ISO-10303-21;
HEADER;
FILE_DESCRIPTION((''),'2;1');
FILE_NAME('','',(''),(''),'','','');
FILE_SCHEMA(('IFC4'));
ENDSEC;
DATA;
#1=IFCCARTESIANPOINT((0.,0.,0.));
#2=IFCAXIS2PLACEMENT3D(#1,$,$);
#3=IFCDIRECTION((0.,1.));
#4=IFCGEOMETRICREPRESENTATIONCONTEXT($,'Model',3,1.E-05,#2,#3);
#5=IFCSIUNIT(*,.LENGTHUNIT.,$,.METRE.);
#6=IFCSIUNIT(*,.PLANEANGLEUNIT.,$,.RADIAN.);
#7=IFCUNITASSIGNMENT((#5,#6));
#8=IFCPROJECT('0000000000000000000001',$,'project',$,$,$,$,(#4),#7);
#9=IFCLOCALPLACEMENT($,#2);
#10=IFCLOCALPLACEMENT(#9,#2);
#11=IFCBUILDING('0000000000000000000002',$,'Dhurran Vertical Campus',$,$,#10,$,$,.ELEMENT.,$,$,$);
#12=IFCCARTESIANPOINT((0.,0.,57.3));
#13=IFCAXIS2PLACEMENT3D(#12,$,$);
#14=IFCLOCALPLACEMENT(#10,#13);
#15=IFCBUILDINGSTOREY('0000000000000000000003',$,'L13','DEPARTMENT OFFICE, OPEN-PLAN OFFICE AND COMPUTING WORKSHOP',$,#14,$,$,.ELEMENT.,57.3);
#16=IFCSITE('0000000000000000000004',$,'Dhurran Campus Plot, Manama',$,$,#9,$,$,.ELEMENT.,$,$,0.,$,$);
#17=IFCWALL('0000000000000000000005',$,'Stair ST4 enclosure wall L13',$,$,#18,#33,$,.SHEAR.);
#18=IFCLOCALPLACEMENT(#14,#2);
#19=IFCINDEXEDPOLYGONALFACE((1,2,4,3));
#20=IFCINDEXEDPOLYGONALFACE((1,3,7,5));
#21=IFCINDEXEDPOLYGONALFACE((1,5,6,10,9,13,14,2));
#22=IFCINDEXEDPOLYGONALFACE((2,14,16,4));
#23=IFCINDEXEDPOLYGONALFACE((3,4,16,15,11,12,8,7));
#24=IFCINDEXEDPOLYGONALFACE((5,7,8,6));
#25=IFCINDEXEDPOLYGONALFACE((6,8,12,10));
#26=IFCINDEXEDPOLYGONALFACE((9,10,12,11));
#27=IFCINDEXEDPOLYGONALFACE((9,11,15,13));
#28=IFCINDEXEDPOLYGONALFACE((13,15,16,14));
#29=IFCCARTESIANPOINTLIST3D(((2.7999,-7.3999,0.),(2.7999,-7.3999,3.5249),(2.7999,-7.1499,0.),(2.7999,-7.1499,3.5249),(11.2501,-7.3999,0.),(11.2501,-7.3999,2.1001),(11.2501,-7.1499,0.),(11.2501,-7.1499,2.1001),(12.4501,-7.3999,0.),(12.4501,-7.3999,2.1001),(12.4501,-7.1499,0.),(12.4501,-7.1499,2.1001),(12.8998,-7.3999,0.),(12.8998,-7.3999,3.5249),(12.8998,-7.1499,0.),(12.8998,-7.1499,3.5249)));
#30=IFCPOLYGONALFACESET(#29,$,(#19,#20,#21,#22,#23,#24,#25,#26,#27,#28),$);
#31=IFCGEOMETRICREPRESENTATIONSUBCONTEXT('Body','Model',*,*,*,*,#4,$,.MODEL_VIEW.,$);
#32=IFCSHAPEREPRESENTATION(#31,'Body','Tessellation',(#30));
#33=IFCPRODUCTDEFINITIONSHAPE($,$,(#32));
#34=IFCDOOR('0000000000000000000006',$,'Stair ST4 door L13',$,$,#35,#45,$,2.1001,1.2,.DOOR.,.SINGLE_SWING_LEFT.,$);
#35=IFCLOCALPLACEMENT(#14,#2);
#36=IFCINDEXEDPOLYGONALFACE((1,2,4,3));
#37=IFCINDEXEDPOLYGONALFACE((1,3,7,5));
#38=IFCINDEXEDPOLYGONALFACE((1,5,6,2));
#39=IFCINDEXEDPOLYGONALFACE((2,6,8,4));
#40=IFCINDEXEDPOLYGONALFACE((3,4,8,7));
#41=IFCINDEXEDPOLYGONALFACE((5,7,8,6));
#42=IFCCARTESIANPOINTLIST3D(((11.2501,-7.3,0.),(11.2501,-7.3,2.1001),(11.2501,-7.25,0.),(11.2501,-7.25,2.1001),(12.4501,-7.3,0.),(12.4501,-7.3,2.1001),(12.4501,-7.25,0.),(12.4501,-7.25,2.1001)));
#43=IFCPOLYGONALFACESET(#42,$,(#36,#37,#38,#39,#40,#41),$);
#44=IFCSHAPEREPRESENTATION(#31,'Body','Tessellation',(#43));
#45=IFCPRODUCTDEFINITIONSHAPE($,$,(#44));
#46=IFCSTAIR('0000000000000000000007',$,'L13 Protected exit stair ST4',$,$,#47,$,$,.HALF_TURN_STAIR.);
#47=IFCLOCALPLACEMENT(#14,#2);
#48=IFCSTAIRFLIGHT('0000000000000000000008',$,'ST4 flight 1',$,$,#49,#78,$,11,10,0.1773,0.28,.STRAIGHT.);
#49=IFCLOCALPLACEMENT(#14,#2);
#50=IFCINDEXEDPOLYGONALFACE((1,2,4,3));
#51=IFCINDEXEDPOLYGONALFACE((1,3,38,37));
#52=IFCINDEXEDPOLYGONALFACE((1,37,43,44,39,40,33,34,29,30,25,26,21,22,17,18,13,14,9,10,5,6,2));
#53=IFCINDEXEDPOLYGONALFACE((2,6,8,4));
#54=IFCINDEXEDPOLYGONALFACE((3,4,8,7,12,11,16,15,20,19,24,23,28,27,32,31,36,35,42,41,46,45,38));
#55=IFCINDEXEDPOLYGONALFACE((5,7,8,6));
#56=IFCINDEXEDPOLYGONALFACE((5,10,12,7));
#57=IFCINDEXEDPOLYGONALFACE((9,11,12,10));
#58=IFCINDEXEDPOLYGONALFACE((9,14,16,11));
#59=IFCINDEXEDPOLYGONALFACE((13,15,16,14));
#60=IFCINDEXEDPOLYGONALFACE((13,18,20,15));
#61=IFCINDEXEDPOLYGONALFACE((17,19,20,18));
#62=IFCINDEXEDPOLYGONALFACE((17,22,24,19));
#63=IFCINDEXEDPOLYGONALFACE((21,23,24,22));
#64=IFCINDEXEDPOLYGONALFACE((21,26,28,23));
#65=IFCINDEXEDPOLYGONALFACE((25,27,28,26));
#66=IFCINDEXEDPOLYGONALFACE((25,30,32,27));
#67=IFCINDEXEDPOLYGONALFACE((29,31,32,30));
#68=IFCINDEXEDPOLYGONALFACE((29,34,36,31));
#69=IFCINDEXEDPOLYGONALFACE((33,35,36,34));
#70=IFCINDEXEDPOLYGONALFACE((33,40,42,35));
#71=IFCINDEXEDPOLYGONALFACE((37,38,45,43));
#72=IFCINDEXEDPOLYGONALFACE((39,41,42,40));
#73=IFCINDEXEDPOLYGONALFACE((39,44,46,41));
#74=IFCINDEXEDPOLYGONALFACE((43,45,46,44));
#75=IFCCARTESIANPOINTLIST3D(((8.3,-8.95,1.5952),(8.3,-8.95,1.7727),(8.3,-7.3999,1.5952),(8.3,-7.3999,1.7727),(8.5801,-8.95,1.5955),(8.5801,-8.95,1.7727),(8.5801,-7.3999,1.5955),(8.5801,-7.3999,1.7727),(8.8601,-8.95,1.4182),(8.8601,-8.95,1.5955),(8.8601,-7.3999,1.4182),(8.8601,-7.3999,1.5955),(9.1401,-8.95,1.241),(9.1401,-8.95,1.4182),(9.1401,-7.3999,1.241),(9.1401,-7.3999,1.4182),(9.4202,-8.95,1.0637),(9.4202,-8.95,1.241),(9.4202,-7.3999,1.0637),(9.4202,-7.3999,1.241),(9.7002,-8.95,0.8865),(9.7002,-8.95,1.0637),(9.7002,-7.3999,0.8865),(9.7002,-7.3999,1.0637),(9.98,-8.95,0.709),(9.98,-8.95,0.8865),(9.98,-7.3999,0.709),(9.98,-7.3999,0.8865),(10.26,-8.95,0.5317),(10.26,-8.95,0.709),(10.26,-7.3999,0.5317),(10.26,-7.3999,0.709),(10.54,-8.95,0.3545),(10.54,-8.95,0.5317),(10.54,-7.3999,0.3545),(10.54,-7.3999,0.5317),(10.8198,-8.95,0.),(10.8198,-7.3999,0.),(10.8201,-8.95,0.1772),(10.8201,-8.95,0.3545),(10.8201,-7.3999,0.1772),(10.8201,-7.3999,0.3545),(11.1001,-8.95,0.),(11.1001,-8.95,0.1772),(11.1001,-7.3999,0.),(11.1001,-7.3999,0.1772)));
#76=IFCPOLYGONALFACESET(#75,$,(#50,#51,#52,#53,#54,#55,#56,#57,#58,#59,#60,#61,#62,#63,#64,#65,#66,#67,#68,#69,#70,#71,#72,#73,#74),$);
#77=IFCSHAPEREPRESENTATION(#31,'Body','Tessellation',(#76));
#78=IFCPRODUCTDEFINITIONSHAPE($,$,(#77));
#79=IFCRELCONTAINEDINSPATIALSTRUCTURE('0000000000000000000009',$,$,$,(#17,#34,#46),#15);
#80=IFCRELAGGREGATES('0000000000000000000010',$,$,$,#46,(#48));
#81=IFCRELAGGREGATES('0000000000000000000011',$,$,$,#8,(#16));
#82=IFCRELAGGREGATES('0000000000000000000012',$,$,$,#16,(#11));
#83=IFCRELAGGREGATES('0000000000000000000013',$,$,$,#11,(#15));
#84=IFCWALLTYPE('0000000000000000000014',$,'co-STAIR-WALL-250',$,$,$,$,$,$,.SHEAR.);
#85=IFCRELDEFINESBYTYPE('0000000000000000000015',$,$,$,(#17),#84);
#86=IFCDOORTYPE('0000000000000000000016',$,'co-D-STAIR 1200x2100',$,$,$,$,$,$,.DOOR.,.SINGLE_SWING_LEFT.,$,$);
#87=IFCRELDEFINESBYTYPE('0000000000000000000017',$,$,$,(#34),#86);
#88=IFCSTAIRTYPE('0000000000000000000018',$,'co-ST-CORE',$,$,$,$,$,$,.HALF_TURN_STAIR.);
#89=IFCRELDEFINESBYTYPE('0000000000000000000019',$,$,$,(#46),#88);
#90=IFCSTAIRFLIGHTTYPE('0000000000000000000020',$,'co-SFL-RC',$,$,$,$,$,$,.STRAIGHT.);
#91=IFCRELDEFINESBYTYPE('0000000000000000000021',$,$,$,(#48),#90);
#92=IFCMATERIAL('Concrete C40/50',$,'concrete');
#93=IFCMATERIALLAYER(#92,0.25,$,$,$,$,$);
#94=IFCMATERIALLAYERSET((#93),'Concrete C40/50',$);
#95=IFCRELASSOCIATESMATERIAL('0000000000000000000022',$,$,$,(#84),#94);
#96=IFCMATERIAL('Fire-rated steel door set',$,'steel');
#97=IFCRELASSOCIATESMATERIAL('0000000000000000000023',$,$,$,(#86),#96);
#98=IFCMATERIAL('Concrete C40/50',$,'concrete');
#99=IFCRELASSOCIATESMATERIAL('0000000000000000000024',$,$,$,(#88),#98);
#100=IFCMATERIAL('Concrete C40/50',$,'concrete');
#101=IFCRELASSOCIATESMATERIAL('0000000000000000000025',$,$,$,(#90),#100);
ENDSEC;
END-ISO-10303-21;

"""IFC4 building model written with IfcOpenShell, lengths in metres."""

from ifc_helpers import new_model, si_unit, direction, frame, frame_2d, origin, place, context, subcontext, project, spatial, polyline, rectangle, outline, extrude, material, layer, layer_set, type_object, element, fill, aggregate, save


model = new_model("IFC4")

# Units and contexts
model_context = context("Model", 3, precision=1e-05, world=origin(), true_north=direction((0.0, 1.0)))
body_context = subcontext(model_context, "Body", "Model", "MODEL_VIEW")
ifc_project = project(units=[si_unit("LENGTHUNIT", "METRE"), si_unit("PLANEANGLEUNIT", "RADIAN")], contexts=[model_context])

# Site, building, storey
site_placement = place(None, origin())
site = spatial("IfcSite", under=ifc_project, at=site_placement, Name="Dhurran Campus Plot, Manama", CompositionType="ELEMENT", RefElevation=0.0)
building_placement = place(site_placement, origin())
building = spatial("IfcBuilding", under=site, at=building_placement, Name="Dhurran Vertical Campus", CompositionType="ELEMENT")
storey_placement = place(building_placement, frame((0.0, 0.0, 57.3)))
storey = spatial("IfcBuildingStorey", under=building, at=storey_placement, Name="L13", Description="DEPARTMENT OFFICE, OPEN-PLAN OFFICE AND COMPUTING WORKSHOP", CompositionType="ELEMENT", Elevation=57.3)

# Wall, opening, door
ifc_material_1 = material(Name="Concrete C40/50", Category="concrete")
ifc_layer_1 = layer(ifc_material_1, 0.25)
ifc_layer_set_1 = layer_set([ifc_layer_1], Name="Concrete C40/50")
wall_type_1 = type_object("IfcWallType", Name="co-STAIR-WALL-250", PredefinedType="SHEAR", material=ifc_layer_set_1)
wall_1_placement = place(storey_placement, frame((2.8, -7.2749, 0.0), z_axis=(0.0, 0.0, 1.0), x_axis=(1.0, 0.0, 0.0)))
wall_1 = element("IfcWall", 1, at=wall_1_placement, inside=storey, type_object=wall_type_1, Name="Stair ST4 enclosure wall L13", PredefinedType="SHEAR", context=body_context, shape_type="SweptSolid", body=[
    extrude(rectangle(XDim=10.0999, YDim=0.25, at=frame_2d((5.0498, 0.0))), origin(), (0.0, 0.0, 1.0), 3.5249),
])
opening_1_placement = place(wall_1_placement, frame((8.45, 0.0, 0.0)))
opening_1 = element("IfcOpeningElement", 2, at=opening_1_placement, cuts=wall_1, PredefinedType="OPENING", context=body_context, shape_type="SweptSolid", body=[
    extrude(rectangle(XDim=1.2, YDim=2.1001, at=frame_2d((0.6001, 1.05))), frame((0.0, 0.135, 0.0), z_axis=(0.0, -1.0, 0.0), x_axis=(1.0, 0.0, 0.0)), (0.0, 0.0, 1.0), 0.27),
])
ifc_material_2 = material(Name="Fire-rated steel door set", Category="steel")
door_type_1 = type_object("IfcDoorType", Name="co-D-STAIR 1200x2100", OperationType="SINGLE_SWING_LEFT", PredefinedType="DOOR", material=ifc_material_2)
door_1_placement = place(opening_1_placement, origin())
door_1 = element("IfcDoor", 3, at=door_1_placement, inside=storey, type_object=door_type_1, Name="Stair ST4 door L13", OperationType="SINGLE_SWING_LEFT", OverallHeight=2.1001, OverallWidth=1.2, PredefinedType="DOOR", context=body_context, shape_type="SweptSolid", body=[
    extrude(rectangle(XDim=1.2, YDim=2.1001, at=frame_2d((0.6001, 1.05))), frame((0.0, 0.0249, 0.0), z_axis=(0.0, -1.0, 0.0), x_axis=(1.0, 0.0, 0.0)), (0.0, 0.0, 1.0), 0.05),
])
fill(opening_1, door_1)

# Stair, stair flight
ifc_material_3 = material(Name="Concrete C40/50", Category="concrete")
stair_type = type_object("IfcStairType", Name="co-ST-CORE", PredefinedType="HALF_TURN_STAIR", material=ifc_material_3)
stair_placement = place(storey_placement, origin())
stair = element("IfcStair", 4, at=stair_placement, inside=storey, type_object=stair_type, Name="L13 Protected exit stair ST4", PredefinedType="HALF_TURN_STAIR")
ifc_material_4 = material(Name="Concrete C40/50", Category="concrete")
stair_flight_type = type_object("IfcStairFlightType", Name="co-SFL-RC", PredefinedType="STRAIGHT", material=ifc_material_4)
stair_flight_placement = place(storey_placement, frame((11.1001, -8.175, 0.0), z_axis=(0.0, 0.0, 1.0), x_axis=(-1.0, 0.0, 0.0)))
stair_flight = element("IfcStairFlight", 5, at=stair_flight_placement, type_object=stair_flight_type, Name="ST4 flight 1", NumberOfRisers=11, NumberOfTreads=10, PredefinedType="STRAIGHT", RiserHeight=0.1773, TreadLength=0.28, context=body_context, shape_type="SweptSolid", body=[
    extrude(outline(polyline([(0.0, 0.0), (0.0, 0.1772), (0.28, 0.1772), (0.28, 0.3545), (0.5601, 0.3545), (0.5601, 0.5317), (0.8401, 0.5317), (0.8401, 0.709), (1.1201, 0.709), (1.1201, 0.8865), (1.3999, 0.8865), (1.3999, 1.0637), (1.6799, 1.0637), (1.6799, 1.241), (1.96, 1.241), (1.96, 1.4182), (2.24, 1.4182), (2.24, 1.5955), (2.52, 1.5955), (2.52, 1.7727), (2.8, 1.7727), (2.8, 1.95), (2.8, 1.5952), (0.2803, 0.0), (0.0, 0.0)])), frame((0.0, 0.7749, 0.0), z_axis=(0.0, -1.0, 0.0), x_axis=(1.0, 0.0, 0.0)), (0.0, 0.0, 1.0), 1.55),
])
aggregate(stair, [stair_flight])

save(model, "model.ifc")
